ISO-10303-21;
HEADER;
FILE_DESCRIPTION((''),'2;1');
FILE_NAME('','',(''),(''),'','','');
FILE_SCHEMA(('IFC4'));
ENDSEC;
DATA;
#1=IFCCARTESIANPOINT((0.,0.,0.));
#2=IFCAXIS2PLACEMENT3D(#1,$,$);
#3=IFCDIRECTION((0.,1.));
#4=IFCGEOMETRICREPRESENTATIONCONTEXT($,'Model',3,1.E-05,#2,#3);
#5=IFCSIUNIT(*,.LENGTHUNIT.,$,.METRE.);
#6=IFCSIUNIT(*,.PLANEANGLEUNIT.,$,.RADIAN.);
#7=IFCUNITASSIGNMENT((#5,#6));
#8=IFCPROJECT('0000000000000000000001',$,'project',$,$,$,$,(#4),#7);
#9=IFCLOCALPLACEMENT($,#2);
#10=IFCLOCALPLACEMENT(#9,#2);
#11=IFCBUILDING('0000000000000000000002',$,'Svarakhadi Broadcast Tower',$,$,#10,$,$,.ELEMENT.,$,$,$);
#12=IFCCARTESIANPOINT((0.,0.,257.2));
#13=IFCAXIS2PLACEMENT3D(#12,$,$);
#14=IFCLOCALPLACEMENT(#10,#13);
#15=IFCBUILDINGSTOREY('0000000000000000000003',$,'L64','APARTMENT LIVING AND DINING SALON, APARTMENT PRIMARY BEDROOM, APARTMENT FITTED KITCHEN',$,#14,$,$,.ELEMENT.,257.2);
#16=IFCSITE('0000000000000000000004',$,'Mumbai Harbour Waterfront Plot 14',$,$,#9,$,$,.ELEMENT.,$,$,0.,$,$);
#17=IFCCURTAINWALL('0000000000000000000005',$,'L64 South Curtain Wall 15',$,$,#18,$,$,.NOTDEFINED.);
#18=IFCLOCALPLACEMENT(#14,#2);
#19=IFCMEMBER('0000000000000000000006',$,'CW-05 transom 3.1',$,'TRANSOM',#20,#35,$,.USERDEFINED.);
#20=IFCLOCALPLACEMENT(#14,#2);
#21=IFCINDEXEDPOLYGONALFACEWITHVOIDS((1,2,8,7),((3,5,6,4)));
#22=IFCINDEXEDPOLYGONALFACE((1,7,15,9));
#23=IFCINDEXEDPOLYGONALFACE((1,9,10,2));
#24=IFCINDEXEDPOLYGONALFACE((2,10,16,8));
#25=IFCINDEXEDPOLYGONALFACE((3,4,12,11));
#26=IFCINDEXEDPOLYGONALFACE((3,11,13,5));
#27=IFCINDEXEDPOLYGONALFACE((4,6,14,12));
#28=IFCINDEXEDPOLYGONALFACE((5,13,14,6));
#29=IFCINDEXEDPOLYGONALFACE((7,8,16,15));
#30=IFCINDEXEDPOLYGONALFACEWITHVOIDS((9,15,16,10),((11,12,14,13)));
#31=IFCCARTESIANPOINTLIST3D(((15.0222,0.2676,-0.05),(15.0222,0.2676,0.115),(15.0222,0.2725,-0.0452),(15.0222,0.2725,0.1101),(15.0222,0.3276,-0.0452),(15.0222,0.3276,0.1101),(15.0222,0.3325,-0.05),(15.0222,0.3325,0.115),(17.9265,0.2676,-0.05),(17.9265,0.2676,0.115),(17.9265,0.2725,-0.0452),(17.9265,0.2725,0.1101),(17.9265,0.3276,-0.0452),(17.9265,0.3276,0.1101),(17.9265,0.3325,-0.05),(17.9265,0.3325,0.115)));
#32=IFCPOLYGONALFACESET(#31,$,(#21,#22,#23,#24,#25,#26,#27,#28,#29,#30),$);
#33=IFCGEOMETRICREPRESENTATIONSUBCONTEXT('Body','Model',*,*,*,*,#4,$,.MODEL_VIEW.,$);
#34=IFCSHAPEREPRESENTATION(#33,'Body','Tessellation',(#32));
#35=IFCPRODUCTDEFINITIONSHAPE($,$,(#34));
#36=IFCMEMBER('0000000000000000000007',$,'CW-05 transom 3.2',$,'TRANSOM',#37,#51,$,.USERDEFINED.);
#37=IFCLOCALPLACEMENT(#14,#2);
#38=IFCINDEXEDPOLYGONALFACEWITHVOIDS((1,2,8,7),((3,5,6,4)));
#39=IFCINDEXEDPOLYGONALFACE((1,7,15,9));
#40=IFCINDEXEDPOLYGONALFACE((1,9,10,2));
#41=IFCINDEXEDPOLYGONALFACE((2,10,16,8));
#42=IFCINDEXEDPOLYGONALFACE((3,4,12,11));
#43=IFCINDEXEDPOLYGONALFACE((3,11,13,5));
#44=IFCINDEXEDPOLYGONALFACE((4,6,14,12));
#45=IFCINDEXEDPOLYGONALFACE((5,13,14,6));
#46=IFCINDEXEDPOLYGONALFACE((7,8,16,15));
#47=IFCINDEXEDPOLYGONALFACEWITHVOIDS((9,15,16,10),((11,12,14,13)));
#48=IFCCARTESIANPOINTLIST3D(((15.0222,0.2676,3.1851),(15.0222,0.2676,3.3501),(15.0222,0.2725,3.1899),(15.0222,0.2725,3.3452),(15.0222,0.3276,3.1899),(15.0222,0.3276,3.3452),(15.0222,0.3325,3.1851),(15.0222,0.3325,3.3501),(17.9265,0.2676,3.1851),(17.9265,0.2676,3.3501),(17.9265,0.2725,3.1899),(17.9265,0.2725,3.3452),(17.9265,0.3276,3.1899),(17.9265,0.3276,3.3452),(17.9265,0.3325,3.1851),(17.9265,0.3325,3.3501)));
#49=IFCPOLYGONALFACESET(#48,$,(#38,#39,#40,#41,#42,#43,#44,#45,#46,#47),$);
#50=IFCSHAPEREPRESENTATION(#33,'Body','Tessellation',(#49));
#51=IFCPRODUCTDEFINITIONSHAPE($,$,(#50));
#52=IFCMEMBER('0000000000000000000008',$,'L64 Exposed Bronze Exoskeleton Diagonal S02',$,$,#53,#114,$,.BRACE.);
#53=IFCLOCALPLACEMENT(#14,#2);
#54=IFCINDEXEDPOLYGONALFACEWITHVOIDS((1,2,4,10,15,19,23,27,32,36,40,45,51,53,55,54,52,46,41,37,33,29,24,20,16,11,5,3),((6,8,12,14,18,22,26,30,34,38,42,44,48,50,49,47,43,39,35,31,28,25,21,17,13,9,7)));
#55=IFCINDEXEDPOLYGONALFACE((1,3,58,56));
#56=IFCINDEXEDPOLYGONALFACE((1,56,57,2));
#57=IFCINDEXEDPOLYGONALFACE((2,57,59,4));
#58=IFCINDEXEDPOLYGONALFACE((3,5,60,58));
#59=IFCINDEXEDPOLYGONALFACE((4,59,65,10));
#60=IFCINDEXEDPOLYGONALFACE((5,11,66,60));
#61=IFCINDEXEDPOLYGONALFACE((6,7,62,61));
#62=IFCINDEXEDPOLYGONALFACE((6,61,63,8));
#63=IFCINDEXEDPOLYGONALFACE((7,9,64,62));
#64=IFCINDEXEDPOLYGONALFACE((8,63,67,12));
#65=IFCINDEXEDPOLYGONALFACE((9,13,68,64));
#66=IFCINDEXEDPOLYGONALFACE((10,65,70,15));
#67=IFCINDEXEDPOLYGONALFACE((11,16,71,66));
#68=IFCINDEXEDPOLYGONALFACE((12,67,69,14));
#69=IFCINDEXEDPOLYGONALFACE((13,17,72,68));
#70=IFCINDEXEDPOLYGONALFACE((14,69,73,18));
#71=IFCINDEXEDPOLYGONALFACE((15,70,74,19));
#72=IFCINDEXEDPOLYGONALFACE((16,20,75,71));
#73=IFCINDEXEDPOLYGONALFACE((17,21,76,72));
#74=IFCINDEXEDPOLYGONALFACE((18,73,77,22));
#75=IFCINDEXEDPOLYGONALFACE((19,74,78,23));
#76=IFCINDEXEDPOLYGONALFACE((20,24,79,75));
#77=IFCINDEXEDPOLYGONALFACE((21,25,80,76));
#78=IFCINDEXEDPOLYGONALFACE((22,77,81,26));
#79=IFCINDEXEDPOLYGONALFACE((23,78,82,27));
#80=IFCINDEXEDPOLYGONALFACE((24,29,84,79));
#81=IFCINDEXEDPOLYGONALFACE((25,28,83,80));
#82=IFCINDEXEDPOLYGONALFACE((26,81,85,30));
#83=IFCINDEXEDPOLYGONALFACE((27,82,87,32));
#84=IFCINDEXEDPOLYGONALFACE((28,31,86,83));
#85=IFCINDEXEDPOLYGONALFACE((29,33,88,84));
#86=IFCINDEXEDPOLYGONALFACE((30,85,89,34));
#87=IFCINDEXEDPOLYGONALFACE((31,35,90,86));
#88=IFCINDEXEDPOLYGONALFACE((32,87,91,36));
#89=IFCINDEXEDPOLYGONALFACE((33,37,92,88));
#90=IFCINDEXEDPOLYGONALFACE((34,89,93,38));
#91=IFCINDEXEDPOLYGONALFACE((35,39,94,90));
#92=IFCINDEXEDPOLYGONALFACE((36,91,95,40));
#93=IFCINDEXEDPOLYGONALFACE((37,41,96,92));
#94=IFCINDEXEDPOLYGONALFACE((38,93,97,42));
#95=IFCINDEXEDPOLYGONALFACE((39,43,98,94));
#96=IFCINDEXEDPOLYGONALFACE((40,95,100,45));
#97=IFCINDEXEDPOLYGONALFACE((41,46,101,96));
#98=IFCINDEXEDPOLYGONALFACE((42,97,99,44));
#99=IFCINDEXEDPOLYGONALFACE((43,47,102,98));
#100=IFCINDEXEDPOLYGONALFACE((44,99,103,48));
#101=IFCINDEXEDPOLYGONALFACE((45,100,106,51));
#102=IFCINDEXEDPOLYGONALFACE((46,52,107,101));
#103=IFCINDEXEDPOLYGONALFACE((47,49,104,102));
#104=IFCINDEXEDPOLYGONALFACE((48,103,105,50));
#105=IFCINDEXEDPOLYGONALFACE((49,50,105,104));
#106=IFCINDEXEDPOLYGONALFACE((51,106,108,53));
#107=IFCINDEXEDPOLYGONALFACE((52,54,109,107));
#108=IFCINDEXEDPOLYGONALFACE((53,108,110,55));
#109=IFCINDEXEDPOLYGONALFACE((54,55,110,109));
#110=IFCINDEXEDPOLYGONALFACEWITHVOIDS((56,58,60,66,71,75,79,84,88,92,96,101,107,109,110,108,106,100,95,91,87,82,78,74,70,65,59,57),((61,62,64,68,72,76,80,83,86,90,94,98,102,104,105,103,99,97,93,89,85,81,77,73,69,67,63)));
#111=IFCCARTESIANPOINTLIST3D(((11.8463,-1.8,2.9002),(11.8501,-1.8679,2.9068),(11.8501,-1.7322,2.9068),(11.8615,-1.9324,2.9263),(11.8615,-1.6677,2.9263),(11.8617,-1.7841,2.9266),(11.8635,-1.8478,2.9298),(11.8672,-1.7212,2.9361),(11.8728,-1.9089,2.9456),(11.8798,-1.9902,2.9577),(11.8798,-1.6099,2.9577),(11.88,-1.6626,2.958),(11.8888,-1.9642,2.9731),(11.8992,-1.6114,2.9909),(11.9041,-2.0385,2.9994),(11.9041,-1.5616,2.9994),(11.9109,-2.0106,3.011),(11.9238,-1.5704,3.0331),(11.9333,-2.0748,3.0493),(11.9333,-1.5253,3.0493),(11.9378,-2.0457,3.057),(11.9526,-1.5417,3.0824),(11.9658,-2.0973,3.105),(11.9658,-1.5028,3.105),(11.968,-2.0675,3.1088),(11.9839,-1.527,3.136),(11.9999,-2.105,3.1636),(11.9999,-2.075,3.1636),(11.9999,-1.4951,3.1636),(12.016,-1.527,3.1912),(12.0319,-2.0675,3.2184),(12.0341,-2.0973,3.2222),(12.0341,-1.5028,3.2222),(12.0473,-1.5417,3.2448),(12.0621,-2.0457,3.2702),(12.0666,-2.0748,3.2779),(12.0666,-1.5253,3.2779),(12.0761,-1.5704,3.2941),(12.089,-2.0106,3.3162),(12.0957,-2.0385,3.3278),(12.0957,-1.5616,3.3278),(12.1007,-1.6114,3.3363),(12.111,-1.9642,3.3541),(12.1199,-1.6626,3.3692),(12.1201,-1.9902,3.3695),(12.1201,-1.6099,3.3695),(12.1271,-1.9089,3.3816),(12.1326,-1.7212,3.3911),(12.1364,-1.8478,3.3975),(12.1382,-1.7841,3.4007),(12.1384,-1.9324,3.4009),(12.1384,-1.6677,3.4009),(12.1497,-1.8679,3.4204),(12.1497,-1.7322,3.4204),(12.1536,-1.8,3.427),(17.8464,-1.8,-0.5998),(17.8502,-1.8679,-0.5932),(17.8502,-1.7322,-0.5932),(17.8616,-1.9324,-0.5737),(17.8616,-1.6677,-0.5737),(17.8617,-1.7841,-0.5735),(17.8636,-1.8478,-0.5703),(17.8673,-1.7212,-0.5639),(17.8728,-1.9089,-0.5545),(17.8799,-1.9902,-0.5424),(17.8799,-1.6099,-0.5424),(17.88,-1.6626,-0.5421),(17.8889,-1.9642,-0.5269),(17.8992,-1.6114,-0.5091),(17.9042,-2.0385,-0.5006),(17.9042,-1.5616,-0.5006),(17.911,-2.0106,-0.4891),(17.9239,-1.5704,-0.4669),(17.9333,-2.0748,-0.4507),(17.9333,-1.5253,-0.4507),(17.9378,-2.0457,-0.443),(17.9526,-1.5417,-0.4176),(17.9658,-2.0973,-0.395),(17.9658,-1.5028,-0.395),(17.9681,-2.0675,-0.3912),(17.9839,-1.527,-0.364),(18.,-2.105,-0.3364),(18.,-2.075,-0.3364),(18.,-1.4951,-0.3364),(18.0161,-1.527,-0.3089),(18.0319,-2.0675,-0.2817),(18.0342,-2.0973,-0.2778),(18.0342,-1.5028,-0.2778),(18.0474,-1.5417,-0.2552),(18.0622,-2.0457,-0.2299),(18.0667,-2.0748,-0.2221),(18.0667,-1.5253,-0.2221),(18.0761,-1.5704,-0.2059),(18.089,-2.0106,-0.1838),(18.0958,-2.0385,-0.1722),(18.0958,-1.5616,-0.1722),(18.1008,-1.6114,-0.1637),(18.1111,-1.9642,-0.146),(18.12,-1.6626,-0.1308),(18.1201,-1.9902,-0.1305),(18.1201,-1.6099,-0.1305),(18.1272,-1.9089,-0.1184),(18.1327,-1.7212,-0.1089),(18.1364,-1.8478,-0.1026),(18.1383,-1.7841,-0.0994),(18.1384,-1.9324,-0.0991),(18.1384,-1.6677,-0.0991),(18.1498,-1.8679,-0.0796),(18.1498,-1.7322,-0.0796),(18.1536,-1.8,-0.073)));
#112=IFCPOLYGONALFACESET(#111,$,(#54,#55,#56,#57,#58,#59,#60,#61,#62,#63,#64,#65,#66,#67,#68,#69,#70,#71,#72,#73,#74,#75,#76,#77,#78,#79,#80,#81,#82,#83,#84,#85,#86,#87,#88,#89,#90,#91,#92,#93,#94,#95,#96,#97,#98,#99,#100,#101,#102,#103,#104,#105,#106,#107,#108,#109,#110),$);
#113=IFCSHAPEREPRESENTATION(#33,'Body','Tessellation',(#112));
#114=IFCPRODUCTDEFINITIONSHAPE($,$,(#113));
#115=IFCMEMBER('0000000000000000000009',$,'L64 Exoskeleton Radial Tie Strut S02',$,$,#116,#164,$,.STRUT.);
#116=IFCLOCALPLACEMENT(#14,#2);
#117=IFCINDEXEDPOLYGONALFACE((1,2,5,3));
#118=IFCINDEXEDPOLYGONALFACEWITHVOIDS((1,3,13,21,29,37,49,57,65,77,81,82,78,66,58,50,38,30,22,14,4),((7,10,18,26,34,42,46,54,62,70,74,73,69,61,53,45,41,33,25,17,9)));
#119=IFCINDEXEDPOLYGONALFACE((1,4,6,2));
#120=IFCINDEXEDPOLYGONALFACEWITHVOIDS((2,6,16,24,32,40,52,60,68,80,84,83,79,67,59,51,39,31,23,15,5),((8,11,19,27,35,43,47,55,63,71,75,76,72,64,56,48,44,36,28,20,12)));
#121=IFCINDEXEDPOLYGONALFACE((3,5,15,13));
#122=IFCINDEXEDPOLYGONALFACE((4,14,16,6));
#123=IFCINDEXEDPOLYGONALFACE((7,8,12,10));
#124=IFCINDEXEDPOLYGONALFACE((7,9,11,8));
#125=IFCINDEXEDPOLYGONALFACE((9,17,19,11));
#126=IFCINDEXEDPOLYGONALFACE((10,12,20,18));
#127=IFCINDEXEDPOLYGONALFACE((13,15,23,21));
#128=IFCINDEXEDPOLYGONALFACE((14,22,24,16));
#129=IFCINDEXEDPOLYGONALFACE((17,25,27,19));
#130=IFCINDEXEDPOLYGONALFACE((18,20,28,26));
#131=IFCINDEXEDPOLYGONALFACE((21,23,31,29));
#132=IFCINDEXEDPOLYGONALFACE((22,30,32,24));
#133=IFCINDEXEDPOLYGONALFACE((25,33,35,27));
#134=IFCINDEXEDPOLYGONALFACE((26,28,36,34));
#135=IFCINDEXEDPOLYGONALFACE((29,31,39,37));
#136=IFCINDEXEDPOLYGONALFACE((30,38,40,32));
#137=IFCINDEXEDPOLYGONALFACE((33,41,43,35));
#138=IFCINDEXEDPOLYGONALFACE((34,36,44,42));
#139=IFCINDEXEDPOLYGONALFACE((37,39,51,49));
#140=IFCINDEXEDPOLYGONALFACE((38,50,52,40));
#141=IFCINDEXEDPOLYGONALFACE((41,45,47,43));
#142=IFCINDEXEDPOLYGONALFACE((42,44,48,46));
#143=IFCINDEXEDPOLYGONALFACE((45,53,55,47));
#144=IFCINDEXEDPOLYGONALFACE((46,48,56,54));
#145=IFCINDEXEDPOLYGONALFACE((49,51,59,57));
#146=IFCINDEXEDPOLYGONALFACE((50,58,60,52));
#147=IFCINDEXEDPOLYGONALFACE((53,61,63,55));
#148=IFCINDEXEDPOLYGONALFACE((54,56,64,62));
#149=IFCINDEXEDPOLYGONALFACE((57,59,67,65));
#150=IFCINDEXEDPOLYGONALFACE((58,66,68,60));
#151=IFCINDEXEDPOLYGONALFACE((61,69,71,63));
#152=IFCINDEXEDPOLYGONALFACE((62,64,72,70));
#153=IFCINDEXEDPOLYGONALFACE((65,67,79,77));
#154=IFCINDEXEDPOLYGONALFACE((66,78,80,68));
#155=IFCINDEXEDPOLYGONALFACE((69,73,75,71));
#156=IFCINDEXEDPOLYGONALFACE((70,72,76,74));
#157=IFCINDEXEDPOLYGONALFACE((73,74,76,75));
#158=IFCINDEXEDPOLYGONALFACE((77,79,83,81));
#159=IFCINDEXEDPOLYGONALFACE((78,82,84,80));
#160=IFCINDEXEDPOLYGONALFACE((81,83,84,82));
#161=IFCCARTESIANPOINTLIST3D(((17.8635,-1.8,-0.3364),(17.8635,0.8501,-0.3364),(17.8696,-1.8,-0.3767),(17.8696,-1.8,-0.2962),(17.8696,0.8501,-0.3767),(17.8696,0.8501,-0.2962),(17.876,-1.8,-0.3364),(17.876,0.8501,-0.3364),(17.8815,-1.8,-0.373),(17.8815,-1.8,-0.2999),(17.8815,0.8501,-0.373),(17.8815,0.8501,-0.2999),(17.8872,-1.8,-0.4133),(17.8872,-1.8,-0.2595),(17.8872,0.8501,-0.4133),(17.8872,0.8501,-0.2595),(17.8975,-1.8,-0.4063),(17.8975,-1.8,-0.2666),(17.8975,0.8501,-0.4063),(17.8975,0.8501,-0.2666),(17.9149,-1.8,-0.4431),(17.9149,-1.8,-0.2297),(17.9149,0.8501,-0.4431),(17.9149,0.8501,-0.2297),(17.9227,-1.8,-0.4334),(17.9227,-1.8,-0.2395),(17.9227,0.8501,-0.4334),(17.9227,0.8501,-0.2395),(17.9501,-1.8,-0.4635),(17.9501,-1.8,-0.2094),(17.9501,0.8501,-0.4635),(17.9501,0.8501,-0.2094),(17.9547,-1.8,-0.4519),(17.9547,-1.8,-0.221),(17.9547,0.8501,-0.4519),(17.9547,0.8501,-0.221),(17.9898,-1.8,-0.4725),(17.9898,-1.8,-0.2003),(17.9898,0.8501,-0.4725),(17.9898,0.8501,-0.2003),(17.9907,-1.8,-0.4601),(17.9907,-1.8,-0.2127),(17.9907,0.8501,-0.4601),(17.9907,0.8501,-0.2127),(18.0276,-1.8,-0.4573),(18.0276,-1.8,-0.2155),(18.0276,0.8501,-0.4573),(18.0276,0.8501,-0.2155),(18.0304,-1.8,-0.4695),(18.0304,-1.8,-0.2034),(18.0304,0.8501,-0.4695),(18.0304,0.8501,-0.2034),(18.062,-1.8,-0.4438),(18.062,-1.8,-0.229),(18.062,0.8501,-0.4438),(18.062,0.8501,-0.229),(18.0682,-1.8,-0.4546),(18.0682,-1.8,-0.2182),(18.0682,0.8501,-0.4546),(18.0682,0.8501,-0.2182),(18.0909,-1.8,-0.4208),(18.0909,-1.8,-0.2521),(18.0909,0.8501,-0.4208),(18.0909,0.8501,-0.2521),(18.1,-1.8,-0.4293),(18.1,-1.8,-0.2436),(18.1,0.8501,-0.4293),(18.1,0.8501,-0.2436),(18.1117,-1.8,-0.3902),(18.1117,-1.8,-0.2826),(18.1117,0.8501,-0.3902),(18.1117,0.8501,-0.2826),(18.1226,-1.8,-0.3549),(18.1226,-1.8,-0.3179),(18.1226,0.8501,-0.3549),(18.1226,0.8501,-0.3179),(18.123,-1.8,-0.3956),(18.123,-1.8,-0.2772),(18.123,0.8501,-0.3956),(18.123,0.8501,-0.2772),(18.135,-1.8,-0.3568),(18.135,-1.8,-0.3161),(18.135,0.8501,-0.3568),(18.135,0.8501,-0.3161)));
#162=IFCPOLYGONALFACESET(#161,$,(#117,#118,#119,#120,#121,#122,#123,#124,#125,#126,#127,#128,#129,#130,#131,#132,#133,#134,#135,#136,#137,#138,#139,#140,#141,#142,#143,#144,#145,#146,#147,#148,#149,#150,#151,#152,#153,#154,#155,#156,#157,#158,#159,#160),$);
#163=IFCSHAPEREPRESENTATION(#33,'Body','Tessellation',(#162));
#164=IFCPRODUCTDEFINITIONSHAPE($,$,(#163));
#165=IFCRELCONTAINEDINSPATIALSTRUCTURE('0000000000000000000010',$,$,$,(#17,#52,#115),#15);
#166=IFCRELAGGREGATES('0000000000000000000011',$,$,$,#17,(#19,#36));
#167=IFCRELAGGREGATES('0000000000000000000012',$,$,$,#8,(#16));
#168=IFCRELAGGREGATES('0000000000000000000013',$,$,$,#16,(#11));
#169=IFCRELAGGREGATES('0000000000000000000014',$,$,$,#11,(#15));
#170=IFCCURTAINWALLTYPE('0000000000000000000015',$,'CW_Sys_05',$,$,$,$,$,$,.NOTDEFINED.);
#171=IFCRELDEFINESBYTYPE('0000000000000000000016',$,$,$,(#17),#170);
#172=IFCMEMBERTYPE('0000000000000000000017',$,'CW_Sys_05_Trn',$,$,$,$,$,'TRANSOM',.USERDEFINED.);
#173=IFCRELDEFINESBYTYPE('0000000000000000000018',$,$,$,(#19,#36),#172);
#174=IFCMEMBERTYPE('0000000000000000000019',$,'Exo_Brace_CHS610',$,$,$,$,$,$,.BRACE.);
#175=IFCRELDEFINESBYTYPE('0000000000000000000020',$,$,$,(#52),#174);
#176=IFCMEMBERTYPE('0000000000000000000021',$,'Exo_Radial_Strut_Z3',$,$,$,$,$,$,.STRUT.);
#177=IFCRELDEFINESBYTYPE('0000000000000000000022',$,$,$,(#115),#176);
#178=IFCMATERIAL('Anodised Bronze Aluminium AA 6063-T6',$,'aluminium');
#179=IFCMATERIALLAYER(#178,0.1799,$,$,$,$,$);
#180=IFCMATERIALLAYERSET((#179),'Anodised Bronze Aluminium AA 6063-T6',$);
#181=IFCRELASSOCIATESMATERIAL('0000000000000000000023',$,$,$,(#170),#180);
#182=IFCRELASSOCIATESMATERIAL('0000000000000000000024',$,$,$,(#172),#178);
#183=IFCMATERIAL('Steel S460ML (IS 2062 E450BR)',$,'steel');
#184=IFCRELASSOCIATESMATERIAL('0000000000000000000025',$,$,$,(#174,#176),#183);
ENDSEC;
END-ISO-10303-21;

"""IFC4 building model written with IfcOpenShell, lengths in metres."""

from ifc_helpers import new_model, si_unit, direction, frame, origin, origin_2d, place, context, subcontext, project, spatial, hollow_rectangle, hollow_circle, extrude, material, layer, layer_set, material_profile, profile_set, type_object, element, aggregate, save


model = new_model("IFC4")

# Units and contexts
model_context = context("Model", 3, precision=1e-05, world=origin(), true_north=direction((0.0, 1.0)))
body_context = subcontext(model_context, "Body", "Model", "MODEL_VIEW")
ifc_project = project(units=[si_unit("LENGTHUNIT", "METRE"), si_unit("PLANEANGLEUNIT", "RADIAN")], contexts=[model_context])

# Site, building, storey
site_placement = place(None, origin())
site = spatial("IfcSite", under=ifc_project, at=site_placement, Name="Mumbai Harbour Waterfront Plot 14", CompositionType="ELEMENT", RefElevation=0.0)
building_placement = place(site_placement, origin())
building = spatial("IfcBuilding", under=site, at=building_placement, Name="Svarakhadi Broadcast Tower", CompositionType="ELEMENT")
storey_placement = place(building_placement, frame((0.0, 0.0, 257.2)))
storey = spatial("IfcBuildingStorey", under=building, at=storey_placement, Name="L64", Description="APARTMENT LIVING AND DINING SALON, APARTMENT PRIMARY BEDROOM, APARTMENT FITTED KITCHEN", CompositionType="ELEMENT", Elevation=257.2)

# Shared definitions
ifc_material_1 = material(Name="Steel S460ML (IS 2062 E450BR)", Category="steel")

# Curtain wall, members
ifc_material_2 = material(Name="Anodised Bronze Aluminium AA 6063-T6", Category="aluminium")
ifc_layer_1 = layer(ifc_material_2, 0.1799)
ifc_layer_set_1 = layer_set([ifc_layer_1], Name="Anodised Bronze Aluminium AA 6063-T6")
curtain_wall_type = type_object("IfcCurtainWallType", Name="CW_Sys_05", PredefinedType="NOTDEFINED", material=ifc_layer_set_1)
curtain_wall_placement = place(storey_placement, origin())
curtain_wall = element("IfcCurtainWall", 1, at=curtain_wall_placement, inside=storey, type_object=curtain_wall_type, Name="L64 South Curtain Wall 15", PredefinedType="NOTDEFINED")
ifc_material_profile_1 = material_profile(ifc_material_2, hollow_rectangle(XDim=0.0649, YDim=0.165, WallThickness=0.0049, at=origin_2d()), Name="ALU TRANSOM 165x65x5")
ifc_profile_set_1 = profile_set([ifc_material_profile_1], Name="Anodised Bronze Aluminium AA 6063-T6")
member_type_1 = type_object("IfcMemberType", Name="CW_Sys_05_Trn", ElementType="TRANSOM", PredefinedType="USERDEFINED", material=ifc_profile_set_1)
member_1_placement = place(storey_placement, frame((17.9265, 0.3, 0.0325), z_axis=(-1.0, 0.0, 0.0), x_axis=(0.0, -1.0, 0.0)))
member_1 = element("IfcMember", 2, at=member_1_placement, type_object=member_type_1, Name="CW-05 transom 3.1", ObjectType="TRANSOM", PredefinedType="USERDEFINED", context=body_context, shape_type="SweptSolid", body=[
    extrude(hollow_rectangle(XDim=0.0649, YDim=0.165, WallThickness=0.0049, at=origin_2d()), origin(), (0.0, 0.0, 1.0), 2.9043),
])
member_2_placement = place(storey_placement, frame((17.9265, 0.3, 3.2676), z_axis=(-1.0, 0.0, 0.0), x_axis=(0.0, -1.0, 0.0)))
member_2 = element("IfcMember", 3, at=member_2_placement, type_object=member_type_1, Name="CW-05 transom 3.2", ObjectType="TRANSOM", PredefinedType="USERDEFINED", context=body_context, shape_type="SweptSolid", body=[
    extrude(hollow_rectangle(XDim=0.0649, YDim=0.165, WallThickness=0.0049, at=origin_2d()), origin(), (0.0, 0.0, 1.0), 2.9043),
])

# Members
ifc_material_profile_2 = material_profile(ifc_material_1, hollow_circle(Radius=0.3049, WallThickness=0.03, at=origin_2d()), Name="CHS 610x30")
ifc_profile_set_2 = profile_set([ifc_material_profile_2], Name="Steel S460ML (IS 2062 E450BR)")
member_type_2 = type_object("IfcMemberType", Name="Exo_Brace_CHS610", PredefinedType="BRACE", material=ifc_profile_set_2)
member_3_placement = place(storey_placement, frame((18.0, -1.8, -0.3364), z_axis=(-0.863779, 0.0, 0.503871), x_axis=(0.0, -1.0, 0.0)))
element("IfcMember", 4, at=member_3_placement, inside=storey, type_object=member_type_2, Name="L64 Exposed Bronze Exoskeleton Diagonal S02", PredefinedType="BRACE", context=body_context, shape_type="SweptSolid", body=[
    extrude(hollow_circle(Radius=0.3049, WallThickness=0.03, at=origin_2d()), origin(), (0.0, 0.0, 1.0), 6.9463),
])
ifc_material_profile_3 = material_profile(ifc_material_1, hollow_circle(Radius=0.1365, WallThickness=0.0125, at=origin_2d()), Name="CHS 273x12.5")
ifc_profile_set_3 = profile_set([ifc_material_profile_3], Name="Steel S460ML (IS 2062 E450BR)")
member_type_3 = type_object("IfcMemberType", Name="Exo_Radial_Strut_Z3", PredefinedType="STRUT", material=ifc_profile_set_3)
member_4_placement = place(storey_placement, frame((18.0, -1.8, -0.3364), z_axis=(0.0, 1.0, 0.0), x_axis=(-1.0, 0.0, 0.0)))
element("IfcMember", 5, at=member_4_placement, inside=storey, type_object=member_type_3, Name="L64 Exoskeleton Radial Tie Strut S02", PredefinedType="STRUT", context=body_context, shape_type="SweptSolid", body=[
    extrude(hollow_circle(Radius=0.1365, WallThickness=0.0125, at=origin_2d()), origin(), (0.0, 0.0, 1.0), 2.6501),
])

aggregate(curtain_wall, [member_1, member_2])

save(model, "model.ifc")
